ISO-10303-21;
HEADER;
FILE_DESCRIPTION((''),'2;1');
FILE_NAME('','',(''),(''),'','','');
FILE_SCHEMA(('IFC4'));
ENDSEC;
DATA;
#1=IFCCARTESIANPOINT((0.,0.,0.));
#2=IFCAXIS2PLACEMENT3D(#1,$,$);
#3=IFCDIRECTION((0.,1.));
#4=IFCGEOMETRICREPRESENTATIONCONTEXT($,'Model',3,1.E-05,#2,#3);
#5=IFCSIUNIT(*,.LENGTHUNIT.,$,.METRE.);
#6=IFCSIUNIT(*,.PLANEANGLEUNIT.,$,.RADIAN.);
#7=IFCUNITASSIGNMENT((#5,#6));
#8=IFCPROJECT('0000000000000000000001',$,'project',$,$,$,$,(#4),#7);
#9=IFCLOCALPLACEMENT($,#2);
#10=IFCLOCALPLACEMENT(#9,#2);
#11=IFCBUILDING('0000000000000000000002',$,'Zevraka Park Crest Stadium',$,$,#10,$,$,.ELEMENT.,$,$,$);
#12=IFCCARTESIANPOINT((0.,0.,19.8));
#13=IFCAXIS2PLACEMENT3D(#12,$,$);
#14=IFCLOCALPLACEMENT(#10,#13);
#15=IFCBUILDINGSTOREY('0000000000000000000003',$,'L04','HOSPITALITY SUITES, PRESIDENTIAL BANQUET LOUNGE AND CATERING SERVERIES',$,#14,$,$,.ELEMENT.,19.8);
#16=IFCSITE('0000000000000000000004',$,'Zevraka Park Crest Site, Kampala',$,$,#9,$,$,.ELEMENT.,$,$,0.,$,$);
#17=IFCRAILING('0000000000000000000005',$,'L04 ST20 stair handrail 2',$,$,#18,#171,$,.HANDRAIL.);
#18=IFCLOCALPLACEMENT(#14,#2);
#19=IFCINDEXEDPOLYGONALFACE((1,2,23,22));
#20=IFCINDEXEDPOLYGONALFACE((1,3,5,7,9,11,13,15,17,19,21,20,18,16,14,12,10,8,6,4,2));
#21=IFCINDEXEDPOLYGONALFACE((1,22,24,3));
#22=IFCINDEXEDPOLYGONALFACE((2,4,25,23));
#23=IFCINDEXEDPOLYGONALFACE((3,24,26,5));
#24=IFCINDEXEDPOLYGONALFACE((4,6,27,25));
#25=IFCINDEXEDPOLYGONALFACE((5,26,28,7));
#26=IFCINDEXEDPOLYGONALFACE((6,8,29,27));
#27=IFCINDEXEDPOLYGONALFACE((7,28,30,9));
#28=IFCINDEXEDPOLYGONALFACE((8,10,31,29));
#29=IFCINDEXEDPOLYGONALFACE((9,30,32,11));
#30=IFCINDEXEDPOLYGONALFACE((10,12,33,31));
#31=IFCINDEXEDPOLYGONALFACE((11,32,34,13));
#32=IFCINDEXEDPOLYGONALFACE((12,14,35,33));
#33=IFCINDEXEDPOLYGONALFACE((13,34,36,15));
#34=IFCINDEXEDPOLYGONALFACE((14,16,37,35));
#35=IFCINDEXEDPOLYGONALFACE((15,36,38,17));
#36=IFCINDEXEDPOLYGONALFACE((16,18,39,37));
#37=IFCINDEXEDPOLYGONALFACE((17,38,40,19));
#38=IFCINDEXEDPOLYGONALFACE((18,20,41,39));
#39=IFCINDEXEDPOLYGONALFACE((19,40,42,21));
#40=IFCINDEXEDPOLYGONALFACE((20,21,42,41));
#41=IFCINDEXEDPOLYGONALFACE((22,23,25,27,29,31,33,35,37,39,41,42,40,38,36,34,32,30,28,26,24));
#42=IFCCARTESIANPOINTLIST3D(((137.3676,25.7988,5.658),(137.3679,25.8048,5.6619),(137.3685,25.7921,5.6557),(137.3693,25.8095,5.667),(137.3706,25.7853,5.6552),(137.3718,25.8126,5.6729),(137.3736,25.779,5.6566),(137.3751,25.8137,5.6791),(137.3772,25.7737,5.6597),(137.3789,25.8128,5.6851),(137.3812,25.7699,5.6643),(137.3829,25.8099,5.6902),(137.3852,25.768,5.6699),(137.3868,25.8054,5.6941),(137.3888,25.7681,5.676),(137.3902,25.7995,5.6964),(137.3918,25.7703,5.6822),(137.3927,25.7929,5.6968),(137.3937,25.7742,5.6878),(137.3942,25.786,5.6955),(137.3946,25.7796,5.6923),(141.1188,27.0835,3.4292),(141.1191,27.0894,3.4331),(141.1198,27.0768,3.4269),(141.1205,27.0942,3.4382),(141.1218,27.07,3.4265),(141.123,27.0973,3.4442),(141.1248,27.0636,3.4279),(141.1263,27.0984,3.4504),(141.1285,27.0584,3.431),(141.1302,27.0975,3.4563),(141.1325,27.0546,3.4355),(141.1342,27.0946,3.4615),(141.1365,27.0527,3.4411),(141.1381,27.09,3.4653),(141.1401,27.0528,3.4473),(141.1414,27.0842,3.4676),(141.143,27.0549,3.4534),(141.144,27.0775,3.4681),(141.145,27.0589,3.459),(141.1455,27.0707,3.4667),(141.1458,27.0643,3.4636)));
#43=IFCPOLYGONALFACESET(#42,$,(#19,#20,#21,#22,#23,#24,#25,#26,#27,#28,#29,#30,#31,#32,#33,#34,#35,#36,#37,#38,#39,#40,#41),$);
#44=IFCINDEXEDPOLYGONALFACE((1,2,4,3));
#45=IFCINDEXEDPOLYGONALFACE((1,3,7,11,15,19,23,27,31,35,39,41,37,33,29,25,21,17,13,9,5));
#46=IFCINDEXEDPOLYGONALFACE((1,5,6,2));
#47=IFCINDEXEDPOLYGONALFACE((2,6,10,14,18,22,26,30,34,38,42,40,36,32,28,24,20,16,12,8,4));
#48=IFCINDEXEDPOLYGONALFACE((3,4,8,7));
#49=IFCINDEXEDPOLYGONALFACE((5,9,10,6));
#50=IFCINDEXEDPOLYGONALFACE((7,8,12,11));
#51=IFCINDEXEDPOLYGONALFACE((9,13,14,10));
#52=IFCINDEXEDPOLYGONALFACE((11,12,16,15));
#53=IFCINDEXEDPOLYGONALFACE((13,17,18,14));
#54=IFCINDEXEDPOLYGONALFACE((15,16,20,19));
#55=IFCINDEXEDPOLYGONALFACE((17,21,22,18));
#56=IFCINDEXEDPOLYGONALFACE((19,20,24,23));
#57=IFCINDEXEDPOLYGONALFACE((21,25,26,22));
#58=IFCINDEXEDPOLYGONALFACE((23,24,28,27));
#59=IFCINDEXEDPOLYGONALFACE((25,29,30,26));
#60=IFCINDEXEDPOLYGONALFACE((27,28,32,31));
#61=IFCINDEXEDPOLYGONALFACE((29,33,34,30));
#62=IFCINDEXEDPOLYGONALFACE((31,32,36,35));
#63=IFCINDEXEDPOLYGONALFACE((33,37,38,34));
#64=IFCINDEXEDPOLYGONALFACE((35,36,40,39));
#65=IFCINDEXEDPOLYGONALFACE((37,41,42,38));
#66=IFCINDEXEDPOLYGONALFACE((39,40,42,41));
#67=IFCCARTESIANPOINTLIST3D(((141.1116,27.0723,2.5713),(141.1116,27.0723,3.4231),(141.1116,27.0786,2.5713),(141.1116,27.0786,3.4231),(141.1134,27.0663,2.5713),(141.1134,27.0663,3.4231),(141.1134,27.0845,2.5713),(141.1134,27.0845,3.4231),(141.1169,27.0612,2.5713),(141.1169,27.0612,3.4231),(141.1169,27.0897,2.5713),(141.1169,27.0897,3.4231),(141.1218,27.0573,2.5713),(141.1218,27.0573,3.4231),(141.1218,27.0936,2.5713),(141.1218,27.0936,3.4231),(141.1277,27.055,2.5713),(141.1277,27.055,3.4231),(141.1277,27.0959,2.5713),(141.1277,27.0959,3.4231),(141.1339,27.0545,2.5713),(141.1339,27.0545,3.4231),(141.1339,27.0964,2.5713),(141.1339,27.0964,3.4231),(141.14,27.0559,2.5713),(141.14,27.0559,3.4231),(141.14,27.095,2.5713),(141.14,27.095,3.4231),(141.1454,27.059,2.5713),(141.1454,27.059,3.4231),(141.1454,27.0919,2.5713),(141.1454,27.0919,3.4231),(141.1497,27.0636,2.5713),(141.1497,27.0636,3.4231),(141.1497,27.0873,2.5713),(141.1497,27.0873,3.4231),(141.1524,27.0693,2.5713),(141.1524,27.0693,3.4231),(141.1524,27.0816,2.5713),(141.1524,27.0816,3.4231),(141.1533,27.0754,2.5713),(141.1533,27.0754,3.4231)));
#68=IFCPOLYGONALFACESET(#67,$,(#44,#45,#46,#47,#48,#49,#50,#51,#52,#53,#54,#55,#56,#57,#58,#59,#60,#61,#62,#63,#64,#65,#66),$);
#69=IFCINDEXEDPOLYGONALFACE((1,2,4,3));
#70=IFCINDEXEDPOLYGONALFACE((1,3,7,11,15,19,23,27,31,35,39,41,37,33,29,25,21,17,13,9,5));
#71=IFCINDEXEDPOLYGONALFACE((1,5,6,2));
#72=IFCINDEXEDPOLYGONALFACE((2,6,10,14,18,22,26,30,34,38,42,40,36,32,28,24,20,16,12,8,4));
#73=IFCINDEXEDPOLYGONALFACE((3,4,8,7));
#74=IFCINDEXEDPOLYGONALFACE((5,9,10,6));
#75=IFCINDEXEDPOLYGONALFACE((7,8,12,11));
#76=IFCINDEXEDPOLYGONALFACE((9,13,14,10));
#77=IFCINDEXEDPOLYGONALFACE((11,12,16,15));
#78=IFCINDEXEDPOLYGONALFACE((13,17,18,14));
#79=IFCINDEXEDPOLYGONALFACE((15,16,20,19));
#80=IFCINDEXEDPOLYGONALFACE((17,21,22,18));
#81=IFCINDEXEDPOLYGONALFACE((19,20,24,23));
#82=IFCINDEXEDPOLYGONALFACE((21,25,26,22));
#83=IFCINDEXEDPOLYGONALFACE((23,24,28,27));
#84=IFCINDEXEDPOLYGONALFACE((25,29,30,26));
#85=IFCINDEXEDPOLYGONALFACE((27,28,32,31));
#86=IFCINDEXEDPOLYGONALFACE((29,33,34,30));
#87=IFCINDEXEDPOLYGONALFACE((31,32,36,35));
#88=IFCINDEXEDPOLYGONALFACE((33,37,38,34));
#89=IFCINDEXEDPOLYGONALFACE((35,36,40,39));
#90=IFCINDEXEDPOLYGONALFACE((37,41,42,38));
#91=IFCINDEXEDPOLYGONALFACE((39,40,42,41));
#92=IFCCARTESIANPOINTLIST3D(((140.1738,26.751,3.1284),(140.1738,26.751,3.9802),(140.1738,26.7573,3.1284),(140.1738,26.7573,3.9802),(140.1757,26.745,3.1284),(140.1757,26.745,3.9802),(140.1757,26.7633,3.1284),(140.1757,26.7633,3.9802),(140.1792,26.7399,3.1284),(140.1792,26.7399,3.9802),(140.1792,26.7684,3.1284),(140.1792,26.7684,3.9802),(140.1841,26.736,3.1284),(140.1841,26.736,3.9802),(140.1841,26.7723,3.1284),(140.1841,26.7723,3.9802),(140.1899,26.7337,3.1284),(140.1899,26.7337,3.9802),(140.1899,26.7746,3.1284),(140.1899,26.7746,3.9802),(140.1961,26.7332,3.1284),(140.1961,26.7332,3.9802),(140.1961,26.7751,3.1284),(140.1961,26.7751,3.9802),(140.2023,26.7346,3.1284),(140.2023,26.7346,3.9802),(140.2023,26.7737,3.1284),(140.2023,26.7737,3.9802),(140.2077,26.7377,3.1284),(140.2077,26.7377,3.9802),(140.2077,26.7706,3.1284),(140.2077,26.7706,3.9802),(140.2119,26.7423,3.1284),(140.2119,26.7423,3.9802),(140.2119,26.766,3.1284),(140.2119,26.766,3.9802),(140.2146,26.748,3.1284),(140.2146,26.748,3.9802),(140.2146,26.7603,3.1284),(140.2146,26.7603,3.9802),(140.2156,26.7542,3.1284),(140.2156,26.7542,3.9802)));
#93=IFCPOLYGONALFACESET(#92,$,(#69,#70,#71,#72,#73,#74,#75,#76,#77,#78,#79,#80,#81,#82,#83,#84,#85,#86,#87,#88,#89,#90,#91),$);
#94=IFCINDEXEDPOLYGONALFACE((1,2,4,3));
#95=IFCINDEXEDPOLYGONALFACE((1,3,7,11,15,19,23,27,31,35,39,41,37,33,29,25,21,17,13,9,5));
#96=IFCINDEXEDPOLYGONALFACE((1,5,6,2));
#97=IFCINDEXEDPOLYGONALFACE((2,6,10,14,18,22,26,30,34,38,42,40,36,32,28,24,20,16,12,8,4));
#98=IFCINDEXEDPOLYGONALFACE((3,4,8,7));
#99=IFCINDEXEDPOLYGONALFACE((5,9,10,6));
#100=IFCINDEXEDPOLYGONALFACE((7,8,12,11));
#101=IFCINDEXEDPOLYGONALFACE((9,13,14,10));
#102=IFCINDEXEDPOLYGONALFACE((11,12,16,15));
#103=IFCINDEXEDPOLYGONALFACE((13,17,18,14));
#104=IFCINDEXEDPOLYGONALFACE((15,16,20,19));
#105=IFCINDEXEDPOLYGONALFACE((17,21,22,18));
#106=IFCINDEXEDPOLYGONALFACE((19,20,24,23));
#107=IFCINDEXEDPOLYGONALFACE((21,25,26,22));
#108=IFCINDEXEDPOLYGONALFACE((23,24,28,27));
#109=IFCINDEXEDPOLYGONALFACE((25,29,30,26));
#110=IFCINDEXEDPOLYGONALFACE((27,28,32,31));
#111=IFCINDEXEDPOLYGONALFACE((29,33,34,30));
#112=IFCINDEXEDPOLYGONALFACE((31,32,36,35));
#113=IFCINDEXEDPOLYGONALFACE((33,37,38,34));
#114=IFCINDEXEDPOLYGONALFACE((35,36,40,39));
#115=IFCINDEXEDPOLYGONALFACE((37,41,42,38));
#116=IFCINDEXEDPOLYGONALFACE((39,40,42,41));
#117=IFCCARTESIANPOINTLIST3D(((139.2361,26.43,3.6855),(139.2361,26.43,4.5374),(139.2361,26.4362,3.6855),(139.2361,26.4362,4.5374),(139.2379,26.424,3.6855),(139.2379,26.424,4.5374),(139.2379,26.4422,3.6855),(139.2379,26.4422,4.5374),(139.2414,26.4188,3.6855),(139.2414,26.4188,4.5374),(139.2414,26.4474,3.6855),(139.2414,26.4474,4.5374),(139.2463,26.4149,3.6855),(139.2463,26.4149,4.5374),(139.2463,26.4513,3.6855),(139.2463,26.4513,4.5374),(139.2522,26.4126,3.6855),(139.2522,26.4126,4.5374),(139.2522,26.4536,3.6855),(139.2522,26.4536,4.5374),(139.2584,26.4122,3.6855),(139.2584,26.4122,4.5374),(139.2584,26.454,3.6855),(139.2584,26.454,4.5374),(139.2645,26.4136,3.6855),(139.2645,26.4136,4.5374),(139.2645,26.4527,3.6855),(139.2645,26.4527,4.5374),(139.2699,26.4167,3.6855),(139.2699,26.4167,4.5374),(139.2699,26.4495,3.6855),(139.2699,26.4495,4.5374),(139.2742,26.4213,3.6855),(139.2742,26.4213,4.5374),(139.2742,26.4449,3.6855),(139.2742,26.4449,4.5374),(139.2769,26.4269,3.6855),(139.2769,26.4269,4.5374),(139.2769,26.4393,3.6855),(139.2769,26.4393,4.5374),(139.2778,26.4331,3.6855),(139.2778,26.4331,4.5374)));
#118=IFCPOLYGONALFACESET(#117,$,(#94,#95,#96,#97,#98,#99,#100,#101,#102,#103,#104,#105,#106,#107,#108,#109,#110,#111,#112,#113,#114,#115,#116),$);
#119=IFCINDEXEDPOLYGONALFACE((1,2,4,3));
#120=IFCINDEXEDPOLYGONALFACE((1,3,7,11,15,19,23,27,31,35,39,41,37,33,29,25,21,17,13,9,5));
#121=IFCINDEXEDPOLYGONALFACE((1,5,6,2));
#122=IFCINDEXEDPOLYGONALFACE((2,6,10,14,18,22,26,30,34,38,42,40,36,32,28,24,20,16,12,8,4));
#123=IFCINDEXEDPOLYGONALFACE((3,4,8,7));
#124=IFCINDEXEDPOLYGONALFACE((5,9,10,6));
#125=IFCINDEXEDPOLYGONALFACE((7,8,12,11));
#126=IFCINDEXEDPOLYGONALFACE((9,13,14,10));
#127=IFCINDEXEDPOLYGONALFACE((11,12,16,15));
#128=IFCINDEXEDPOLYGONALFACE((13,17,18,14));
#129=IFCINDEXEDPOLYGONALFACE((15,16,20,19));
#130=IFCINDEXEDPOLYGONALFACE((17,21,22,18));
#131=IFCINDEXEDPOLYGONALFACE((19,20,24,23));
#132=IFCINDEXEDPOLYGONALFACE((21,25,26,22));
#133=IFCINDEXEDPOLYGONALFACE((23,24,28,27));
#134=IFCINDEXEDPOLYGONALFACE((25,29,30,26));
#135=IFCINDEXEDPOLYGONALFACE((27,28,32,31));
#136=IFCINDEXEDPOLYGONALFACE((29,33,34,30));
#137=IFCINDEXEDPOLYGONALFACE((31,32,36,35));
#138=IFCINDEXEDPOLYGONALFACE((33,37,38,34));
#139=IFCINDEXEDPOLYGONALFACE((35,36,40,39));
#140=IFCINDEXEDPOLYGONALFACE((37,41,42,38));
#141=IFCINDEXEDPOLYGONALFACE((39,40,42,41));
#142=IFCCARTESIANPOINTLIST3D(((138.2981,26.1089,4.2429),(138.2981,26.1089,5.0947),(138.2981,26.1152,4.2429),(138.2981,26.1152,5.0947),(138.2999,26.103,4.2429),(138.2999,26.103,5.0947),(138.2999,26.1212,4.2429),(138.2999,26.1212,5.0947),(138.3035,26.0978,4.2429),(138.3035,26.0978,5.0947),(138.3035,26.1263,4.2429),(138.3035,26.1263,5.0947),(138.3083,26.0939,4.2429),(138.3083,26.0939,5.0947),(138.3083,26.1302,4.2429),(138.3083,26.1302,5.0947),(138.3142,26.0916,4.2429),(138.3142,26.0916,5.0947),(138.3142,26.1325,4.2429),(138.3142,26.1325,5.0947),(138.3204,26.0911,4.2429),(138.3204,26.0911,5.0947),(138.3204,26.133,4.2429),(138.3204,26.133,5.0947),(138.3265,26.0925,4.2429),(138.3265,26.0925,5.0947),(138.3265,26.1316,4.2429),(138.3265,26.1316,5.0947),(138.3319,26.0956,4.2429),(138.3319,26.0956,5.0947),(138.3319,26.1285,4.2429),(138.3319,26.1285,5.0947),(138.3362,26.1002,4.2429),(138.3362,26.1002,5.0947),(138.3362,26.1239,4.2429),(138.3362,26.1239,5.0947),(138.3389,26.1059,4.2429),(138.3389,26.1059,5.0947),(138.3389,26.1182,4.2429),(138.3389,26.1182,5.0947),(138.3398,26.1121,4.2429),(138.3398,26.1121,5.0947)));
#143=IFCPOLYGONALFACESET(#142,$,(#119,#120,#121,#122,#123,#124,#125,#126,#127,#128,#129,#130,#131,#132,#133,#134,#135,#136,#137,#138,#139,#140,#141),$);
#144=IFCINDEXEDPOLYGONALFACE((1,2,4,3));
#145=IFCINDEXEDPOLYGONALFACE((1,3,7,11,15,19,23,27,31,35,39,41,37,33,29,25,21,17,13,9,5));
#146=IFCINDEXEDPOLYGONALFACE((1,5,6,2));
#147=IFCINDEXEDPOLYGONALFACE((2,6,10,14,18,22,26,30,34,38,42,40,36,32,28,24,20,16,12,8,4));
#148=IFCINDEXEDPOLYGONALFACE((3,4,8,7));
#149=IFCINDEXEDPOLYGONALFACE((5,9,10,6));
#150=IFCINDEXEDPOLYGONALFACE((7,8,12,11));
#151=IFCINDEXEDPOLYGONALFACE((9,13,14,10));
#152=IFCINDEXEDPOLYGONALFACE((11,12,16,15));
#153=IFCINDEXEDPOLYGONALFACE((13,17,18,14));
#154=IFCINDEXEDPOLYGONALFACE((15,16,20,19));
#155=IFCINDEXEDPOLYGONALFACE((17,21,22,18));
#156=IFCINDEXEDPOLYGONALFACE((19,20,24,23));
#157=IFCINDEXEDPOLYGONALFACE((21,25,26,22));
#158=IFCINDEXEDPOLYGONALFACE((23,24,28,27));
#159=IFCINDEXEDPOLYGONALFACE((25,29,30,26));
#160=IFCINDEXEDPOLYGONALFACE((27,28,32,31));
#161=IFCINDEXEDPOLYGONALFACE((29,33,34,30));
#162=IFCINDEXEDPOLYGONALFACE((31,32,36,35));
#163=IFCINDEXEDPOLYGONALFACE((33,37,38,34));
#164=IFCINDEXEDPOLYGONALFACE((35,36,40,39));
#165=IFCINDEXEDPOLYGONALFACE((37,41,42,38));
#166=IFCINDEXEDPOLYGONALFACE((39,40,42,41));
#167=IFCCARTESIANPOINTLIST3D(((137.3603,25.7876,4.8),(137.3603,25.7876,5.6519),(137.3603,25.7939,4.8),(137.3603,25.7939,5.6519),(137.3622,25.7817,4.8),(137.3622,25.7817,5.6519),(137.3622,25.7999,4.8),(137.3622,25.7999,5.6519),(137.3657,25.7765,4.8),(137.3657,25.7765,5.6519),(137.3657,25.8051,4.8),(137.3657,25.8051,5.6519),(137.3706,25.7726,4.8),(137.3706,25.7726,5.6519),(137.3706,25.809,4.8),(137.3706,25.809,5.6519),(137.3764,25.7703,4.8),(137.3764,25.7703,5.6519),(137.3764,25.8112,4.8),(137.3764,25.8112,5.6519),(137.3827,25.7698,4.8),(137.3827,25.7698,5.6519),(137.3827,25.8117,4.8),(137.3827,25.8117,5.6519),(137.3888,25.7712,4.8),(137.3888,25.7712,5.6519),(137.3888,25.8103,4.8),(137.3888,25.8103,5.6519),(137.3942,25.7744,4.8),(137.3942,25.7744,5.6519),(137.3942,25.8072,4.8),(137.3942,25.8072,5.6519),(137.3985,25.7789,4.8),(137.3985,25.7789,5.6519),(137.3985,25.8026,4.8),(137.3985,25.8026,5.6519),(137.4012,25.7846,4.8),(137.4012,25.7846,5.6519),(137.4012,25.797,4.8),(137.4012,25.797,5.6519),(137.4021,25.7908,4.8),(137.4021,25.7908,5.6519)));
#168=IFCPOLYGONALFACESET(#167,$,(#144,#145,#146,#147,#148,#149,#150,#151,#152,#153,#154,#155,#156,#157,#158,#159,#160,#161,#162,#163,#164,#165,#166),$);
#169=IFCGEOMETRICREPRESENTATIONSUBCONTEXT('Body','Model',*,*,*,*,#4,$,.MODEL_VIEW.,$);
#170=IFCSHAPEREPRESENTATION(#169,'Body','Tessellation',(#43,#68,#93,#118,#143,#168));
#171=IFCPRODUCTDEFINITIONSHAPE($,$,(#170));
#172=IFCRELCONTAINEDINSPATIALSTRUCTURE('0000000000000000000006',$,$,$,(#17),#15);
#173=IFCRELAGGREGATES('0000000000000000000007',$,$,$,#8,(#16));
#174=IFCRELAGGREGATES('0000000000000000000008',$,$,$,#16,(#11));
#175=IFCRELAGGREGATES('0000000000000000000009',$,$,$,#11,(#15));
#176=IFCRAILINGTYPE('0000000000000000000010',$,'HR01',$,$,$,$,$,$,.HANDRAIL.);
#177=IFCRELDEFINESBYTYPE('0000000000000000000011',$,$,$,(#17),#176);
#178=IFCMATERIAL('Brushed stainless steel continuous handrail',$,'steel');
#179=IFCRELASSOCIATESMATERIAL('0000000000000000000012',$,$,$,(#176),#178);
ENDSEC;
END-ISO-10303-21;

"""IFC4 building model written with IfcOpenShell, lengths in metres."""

from ifc_helpers import new_model, si_unit, direction, frame, origin, origin_2d, place, context, subcontext, project, spatial, circle, extrude, material, type_object, element, save


model = new_model("IFC4")

# Units and contexts
model_context = context("Model", 3, precision=1e-05, world=origin(), true_north=direction((0.0, 1.0)))
body_context = subcontext(model_context, "Body", "Model", "MODEL_VIEW")
ifc_project = project(units=[si_unit("LENGTHUNIT", "METRE"), si_unit("PLANEANGLEUNIT", "RADIAN")], contexts=[model_context])

# Site, building, storey
site_placement = place(None, origin())
site = spatial("IfcSite", under=ifc_project, at=site_placement, Name="Zevraka Park Crest Site, Kampala", CompositionType="ELEMENT", RefElevation=0.0)
building_placement = place(site_placement, origin())
building = spatial("IfcBuilding", under=site, at=building_placement, Name="Zevraka Park Crest Stadium", CompositionType="ELEMENT")
storey_placement = place(building_placement, frame((0.0, 0.0, 19.8)))
storey = spatial("IfcBuildingStorey", under=building, at=storey_placement, Name="L04", Description="HOSPITALITY SUITES, PRESIDENTIAL BANQUET LOUNGE AND CATERING SERVERIES", CompositionType="ELEMENT", Elevation=19.8)

# Railing
ifc_material_1 = material(Name="Brushed stainless steel continuous handrail", Category="steel")
railing_type_1 = type_object("IfcRailingType", Name="HR01", PredefinedType="HANDRAIL", material=ifc_material_1)
railing_1_placement = place(storey_placement, frame((141.1323, 27.0754, 2.5713)))
element("IfcRailing", 1, at=railing_1_placement, inside=storey, type_object=railing_type_1, Name="L04 ST20 stair handrail 2", PredefinedType="HANDRAIL", context=body_context, shape_type="SweptSolid", body=[
    extrude(circle(Radius=0.0239, at=origin_2d()), frame((0.0, 0.0, 0.876), z_axis=(-0.824705, -0.282434, 0.489992), x_axis=(0.323994, -0.946059, 0.0)), (0.0, 0.0, 1.0), 4.5486),
    extrude(circle(Radius=0.021, at=origin_2d()), origin(), (0.0, 0.0, 1.0), 0.8518),
    extrude(circle(Radius=0.021, at=origin_2d()), frame((-0.9377, -0.3213, 0.5571)), (0.0, 0.0, 1.0), 0.8518),
    extrude(circle(Radius=0.021, at=origin_2d()), frame((-1.8755, -0.6423, 1.1143)), (0.0, 0.0, 1.0), 0.8518),
    extrude(circle(Radius=0.021, at=origin_2d()), frame((-2.8135, -0.9634, 1.6716)), (0.0, 0.0, 1.0), 0.8518),
    extrude(circle(Radius=0.021, at=origin_2d()), frame((-3.7512, -1.2847, 2.2288)), (0.0, 0.0, 1.0), 0.8518),
])

save(model, "model.ifc")
